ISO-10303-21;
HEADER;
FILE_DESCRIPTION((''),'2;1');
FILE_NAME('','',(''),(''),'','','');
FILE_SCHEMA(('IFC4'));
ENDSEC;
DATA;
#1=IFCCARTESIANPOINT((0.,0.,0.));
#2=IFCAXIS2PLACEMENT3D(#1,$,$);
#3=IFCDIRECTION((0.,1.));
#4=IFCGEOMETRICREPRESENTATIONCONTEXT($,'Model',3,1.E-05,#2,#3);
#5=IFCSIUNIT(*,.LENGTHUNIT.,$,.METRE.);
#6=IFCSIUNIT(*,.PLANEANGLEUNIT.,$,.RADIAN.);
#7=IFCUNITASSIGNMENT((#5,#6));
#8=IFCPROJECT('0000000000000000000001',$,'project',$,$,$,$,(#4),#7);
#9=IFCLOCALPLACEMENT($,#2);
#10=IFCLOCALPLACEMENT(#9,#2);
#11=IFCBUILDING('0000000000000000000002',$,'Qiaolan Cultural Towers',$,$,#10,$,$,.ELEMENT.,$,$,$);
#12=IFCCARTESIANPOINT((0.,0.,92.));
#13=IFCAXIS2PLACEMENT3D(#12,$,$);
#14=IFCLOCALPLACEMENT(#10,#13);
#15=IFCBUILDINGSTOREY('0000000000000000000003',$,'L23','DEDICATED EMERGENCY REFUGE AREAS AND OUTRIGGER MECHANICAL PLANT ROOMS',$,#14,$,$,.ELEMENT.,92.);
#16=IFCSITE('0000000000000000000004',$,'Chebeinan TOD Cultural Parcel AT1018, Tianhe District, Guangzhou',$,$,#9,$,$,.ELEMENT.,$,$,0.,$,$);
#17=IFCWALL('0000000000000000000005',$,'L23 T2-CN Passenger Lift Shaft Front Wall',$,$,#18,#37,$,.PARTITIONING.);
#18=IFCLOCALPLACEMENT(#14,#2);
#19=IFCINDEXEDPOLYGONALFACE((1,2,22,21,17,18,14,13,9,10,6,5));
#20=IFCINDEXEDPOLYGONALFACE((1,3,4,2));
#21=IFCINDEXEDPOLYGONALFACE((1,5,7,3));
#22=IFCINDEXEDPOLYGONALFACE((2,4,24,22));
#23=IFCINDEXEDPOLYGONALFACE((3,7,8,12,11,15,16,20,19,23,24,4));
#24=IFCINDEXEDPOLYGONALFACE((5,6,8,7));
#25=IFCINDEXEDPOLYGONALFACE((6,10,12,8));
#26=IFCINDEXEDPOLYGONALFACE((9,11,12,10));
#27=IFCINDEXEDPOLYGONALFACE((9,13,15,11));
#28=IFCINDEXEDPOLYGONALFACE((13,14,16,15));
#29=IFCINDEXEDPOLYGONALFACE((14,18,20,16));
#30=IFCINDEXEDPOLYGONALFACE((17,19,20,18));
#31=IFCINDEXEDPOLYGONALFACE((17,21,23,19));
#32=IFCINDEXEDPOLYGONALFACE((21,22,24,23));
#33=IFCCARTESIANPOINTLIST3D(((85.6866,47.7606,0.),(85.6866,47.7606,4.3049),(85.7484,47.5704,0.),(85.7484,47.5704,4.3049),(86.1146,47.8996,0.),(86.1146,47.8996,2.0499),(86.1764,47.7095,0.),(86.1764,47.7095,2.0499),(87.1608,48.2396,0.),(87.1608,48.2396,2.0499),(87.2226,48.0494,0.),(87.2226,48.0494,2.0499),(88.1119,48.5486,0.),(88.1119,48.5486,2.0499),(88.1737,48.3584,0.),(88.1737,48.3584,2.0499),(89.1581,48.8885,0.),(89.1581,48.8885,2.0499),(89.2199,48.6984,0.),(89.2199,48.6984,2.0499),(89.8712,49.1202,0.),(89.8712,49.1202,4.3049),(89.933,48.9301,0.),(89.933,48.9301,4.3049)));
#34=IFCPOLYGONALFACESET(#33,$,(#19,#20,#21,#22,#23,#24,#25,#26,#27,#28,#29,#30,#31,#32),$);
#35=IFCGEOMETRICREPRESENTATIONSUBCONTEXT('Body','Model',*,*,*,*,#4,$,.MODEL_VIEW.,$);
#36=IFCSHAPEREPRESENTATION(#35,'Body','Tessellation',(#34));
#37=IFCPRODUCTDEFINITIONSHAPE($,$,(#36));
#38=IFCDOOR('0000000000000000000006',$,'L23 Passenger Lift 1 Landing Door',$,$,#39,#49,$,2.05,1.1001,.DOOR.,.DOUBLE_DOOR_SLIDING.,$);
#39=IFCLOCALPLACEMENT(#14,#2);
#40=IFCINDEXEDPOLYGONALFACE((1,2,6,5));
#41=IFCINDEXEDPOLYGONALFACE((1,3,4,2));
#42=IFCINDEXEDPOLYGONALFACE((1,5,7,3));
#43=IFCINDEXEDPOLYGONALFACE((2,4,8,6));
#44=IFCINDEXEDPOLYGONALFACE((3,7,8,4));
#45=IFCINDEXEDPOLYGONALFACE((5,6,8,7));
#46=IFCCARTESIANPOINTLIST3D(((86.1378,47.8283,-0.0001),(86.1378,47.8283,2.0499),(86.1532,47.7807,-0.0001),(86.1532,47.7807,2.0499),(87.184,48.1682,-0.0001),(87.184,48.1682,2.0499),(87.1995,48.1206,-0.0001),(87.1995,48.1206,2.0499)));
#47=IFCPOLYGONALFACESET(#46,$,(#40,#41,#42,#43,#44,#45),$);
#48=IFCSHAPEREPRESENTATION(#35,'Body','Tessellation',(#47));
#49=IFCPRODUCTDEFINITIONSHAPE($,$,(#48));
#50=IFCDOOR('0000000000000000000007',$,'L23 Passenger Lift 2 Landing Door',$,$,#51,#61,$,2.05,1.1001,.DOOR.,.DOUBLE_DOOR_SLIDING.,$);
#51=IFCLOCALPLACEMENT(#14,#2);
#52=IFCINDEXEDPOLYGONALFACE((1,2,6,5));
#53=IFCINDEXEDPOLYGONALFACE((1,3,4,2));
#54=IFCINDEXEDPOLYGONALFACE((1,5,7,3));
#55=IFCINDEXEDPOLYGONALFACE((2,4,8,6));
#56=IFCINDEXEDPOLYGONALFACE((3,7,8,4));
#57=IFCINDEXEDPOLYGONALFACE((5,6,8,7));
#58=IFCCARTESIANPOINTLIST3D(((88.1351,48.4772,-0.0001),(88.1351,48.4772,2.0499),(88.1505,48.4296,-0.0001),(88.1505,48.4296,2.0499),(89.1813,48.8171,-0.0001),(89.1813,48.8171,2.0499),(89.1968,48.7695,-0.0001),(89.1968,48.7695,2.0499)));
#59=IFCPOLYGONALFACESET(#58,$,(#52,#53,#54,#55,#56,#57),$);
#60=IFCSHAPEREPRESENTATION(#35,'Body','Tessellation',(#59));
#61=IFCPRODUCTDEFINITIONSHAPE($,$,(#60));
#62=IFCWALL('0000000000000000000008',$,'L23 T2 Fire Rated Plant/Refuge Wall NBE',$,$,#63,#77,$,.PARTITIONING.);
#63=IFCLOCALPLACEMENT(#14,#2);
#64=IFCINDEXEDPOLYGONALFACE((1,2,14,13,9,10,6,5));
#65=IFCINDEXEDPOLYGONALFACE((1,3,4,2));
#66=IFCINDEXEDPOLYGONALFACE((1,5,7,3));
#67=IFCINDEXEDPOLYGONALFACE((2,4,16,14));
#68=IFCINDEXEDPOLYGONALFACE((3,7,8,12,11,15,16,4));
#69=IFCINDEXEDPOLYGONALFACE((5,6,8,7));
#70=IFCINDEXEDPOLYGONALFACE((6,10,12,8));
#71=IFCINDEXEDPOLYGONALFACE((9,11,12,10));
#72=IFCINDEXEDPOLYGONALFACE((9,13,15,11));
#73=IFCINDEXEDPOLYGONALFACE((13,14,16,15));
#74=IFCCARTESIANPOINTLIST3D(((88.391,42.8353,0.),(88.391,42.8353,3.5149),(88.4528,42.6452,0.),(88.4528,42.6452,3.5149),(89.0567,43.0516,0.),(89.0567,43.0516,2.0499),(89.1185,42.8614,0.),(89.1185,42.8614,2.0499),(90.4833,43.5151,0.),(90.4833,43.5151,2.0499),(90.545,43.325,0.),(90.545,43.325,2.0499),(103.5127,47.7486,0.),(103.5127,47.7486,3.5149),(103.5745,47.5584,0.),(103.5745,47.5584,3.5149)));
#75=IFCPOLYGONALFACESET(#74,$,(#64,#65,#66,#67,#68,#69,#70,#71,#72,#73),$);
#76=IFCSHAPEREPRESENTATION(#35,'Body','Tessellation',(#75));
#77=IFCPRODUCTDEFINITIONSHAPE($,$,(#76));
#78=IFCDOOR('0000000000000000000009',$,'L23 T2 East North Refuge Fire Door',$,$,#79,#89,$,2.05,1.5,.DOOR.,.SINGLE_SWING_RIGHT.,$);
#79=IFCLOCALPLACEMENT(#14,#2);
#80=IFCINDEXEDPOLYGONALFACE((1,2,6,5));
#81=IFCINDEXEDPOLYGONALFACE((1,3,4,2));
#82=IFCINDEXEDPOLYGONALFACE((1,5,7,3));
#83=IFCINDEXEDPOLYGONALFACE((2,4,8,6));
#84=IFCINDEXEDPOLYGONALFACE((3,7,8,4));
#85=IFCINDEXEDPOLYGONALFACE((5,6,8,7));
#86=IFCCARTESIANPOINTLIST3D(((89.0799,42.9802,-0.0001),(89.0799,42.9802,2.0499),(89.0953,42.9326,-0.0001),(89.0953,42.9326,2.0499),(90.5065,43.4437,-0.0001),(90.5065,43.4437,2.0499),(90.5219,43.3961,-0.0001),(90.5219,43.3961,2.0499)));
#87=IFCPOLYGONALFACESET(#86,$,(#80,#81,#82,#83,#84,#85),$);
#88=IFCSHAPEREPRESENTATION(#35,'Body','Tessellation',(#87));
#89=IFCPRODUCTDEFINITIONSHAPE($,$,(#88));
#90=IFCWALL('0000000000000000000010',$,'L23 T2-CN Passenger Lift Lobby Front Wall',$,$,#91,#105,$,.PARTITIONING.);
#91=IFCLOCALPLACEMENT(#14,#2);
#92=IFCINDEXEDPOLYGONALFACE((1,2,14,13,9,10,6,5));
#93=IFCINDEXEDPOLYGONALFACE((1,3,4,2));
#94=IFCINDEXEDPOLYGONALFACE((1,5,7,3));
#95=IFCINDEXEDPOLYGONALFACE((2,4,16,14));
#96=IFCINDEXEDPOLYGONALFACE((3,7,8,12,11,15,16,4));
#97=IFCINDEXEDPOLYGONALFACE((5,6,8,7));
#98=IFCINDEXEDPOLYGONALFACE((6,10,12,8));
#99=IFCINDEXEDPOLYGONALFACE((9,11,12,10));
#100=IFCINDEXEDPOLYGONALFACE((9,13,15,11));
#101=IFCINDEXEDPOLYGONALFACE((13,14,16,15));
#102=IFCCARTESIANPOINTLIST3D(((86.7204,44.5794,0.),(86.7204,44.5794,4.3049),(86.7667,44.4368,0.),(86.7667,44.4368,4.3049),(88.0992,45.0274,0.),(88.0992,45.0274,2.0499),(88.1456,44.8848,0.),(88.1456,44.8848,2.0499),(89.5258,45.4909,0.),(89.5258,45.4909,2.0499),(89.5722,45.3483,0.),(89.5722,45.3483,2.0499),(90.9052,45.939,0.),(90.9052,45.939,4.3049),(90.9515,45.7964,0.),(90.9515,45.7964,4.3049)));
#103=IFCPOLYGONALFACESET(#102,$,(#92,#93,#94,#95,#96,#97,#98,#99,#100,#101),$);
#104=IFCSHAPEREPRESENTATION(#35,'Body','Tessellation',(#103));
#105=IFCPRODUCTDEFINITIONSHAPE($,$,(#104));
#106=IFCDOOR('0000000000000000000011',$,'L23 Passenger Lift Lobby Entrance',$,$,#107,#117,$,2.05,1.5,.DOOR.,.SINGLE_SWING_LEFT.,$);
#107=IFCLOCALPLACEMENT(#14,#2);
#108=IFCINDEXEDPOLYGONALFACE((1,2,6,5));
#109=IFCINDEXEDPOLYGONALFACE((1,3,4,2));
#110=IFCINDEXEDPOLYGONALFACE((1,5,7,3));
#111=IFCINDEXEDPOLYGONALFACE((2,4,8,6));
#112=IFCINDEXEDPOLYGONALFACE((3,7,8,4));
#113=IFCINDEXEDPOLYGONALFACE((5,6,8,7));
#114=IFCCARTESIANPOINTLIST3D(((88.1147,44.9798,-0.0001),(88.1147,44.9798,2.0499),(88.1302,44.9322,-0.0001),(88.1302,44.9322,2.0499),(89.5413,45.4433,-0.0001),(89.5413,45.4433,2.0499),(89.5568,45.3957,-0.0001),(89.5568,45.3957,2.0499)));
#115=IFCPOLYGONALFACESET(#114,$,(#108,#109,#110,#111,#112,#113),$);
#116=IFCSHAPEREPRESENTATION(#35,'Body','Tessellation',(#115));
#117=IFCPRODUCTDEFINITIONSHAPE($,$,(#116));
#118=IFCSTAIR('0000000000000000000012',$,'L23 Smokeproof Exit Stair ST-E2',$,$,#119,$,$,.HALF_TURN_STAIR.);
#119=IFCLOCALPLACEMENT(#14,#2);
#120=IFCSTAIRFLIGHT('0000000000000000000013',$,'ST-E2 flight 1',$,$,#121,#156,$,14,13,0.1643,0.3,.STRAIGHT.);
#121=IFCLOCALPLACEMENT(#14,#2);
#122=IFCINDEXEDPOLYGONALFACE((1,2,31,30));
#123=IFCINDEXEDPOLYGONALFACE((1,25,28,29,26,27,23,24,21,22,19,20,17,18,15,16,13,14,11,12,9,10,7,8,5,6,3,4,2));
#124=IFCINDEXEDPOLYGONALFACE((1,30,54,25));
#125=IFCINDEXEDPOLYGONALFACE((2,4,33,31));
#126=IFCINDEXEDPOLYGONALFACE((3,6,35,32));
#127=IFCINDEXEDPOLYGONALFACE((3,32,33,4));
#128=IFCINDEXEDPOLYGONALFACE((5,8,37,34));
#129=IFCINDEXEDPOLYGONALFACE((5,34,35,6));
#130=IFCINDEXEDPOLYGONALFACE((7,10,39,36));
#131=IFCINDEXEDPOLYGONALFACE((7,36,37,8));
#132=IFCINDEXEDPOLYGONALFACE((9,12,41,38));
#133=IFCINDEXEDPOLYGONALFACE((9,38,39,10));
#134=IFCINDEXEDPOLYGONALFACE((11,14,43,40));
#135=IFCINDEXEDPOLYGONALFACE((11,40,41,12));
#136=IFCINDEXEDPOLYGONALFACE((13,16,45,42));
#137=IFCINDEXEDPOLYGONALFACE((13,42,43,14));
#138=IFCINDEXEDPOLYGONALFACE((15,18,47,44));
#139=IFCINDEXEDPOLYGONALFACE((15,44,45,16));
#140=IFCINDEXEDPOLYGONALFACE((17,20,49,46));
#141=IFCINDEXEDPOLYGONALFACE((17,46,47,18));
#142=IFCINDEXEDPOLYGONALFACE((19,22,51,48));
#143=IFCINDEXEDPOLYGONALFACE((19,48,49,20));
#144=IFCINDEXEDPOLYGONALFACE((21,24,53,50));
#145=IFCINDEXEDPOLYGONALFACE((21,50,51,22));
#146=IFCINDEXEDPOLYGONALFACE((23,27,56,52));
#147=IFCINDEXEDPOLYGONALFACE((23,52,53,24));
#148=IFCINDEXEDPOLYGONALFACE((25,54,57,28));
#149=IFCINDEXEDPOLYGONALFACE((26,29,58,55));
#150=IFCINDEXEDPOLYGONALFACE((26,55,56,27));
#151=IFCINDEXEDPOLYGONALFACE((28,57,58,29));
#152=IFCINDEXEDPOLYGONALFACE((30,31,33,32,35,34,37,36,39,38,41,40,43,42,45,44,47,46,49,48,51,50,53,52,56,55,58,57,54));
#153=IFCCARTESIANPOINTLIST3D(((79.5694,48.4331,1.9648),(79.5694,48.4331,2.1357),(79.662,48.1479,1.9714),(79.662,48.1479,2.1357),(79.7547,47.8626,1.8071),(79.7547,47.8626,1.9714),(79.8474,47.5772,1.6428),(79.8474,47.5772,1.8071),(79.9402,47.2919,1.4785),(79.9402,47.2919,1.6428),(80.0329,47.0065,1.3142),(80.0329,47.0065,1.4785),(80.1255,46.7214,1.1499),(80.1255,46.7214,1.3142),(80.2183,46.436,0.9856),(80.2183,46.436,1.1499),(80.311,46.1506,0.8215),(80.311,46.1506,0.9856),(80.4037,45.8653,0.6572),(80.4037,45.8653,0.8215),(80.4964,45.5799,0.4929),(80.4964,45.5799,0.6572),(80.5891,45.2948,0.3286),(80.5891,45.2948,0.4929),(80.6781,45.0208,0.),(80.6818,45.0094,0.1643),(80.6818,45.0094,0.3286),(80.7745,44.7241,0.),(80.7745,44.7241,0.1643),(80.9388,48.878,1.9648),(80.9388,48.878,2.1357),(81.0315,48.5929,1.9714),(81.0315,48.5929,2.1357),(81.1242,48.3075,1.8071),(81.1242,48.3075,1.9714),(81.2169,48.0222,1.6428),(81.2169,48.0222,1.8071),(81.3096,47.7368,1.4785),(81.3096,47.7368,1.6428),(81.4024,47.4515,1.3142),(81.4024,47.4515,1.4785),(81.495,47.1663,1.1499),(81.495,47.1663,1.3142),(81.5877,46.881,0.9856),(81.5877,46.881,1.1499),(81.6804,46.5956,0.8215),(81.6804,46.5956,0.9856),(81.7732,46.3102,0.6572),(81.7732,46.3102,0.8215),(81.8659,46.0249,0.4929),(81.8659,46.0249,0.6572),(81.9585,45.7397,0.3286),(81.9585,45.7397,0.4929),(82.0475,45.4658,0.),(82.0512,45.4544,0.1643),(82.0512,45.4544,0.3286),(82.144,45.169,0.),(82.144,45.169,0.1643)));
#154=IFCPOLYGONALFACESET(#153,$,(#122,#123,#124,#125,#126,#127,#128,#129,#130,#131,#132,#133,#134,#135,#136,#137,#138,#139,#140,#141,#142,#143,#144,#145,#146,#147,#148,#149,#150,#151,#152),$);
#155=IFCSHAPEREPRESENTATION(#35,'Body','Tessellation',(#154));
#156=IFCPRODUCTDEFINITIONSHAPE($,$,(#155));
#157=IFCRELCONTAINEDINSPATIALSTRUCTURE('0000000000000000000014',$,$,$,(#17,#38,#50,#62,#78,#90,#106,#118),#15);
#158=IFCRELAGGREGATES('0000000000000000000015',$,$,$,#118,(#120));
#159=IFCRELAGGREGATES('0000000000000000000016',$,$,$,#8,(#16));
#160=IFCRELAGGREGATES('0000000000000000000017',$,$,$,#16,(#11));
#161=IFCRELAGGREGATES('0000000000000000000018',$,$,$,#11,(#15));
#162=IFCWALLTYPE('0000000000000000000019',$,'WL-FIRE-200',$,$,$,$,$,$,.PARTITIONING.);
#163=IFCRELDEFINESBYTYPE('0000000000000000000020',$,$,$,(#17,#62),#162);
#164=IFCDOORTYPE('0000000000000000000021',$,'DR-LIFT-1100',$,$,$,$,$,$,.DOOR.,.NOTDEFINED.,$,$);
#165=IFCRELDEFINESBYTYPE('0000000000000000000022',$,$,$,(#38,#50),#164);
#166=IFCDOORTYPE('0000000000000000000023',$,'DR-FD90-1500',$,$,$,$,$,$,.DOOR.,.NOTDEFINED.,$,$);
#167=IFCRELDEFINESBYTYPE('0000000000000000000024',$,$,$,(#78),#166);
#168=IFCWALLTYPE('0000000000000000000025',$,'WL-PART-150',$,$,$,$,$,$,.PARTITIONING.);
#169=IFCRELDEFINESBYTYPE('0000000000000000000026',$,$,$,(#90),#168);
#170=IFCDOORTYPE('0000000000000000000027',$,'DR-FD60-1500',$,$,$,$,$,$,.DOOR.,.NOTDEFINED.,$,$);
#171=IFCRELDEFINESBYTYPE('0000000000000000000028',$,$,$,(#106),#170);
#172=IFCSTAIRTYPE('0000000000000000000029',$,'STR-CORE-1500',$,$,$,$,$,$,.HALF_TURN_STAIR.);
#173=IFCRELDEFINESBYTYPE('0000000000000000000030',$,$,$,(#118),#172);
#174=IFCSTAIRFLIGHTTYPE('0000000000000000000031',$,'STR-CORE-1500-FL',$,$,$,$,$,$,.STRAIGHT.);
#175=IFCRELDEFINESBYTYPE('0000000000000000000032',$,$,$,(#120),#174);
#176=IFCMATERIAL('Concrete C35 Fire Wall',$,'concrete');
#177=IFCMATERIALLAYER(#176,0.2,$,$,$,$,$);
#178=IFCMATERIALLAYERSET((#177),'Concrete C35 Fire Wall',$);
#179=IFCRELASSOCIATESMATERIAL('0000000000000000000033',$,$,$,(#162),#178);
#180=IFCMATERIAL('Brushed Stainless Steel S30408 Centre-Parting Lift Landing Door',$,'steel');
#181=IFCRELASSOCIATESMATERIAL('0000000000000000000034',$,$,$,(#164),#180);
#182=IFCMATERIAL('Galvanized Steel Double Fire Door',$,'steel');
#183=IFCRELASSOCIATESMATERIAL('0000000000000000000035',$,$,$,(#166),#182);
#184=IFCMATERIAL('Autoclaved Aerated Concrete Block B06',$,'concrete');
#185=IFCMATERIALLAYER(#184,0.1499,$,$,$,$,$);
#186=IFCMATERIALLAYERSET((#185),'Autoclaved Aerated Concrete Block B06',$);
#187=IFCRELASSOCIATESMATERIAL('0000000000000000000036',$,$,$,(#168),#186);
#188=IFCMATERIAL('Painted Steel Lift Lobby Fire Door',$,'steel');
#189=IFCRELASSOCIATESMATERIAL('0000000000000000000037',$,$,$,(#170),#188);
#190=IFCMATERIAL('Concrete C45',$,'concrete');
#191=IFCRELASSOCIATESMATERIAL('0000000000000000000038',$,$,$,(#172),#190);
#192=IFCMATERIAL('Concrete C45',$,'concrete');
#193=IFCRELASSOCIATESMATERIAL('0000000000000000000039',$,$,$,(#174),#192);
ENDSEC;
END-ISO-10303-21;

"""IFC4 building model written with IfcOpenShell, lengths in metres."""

from ifc_helpers import new_model, si_unit, direction, frame, frame_2d, origin, place, context, subcontext, project, spatial, polyline, rectangle, outline, extrude, material, layer, layer_set, type_object, element, fill, aggregate, save


model = new_model("IFC4")

# Units and contexts
model_context = context("Model", 3, precision=1e-05, world=origin(), true_north=direction((0.0, 1.0)))
body_context = subcontext(model_context, "Body", "Model", "MODEL_VIEW")
ifc_project = project(units=[si_unit("LENGTHUNIT", "METRE"), si_unit("PLANEANGLEUNIT", "RADIAN")], contexts=[model_context])

# Site, building, storey
site_placement = place(None, origin())
site = spatial("IfcSite", under=ifc_project, at=site_placement, Name="Chebeinan TOD Cultural Parcel AT1018, Tianhe District, Guangzhou", CompositionType="ELEMENT", RefElevation=0.0)
building_placement = place(site_placement, origin())
building = spatial("IfcBuilding", under=site, at=building_placement, Name="Qiaolan Cultural Towers", CompositionType="ELEMENT")
storey_placement = place(building_placement, frame((0.0, 0.0, 92.0)))
storey = spatial("IfcBuildingStorey", under=building, at=storey_placement, Name="L23", Description="DEDICATED EMERGENCY REFUGE AREAS AND OUTRIGGER MECHANICAL PLANT ROOMS", CompositionType="ELEMENT", Elevation=92.0)

# Shared definitions
ifc_material_1 = material(Name="Concrete C35 Fire Wall", Category="concrete")
ifc_layer_1 = layer(ifc_material_1, 0.2)
ifc_layer_set_1 = layer_set([ifc_layer_1], Name="Concrete C35 Fire Wall")
wall_type_1 = type_object("IfcWallType", Name="WL-FIRE-200", PredefinedType="PARTITIONING", material=ifc_layer_set_1)

# Wall, openings, doors
wall_1_placement = place(storey_placement, frame((85.7175, 47.6655, 0.0), z_axis=(0.0, 0.0, 1.0), x_axis=(0.951059, 0.309011, 0.0)))
wall_1 = element("IfcWall", 1, at=wall_1_placement, inside=storey, type_object=wall_type_1, Name="L23 T2-CN Passenger Lift Shaft Front Wall", PredefinedType="PARTITIONING", context=body_context, shape_type="SweptSolid", body=[
    extrude(rectangle(XDim=4.3999, YDim=0.2, at=frame_2d((2.2, 0.0))), origin(), (0.0, 0.0, 1.0), 4.3049),
])
opening_1_placement = place(wall_1_placement, frame((0.45, 0.0, 0.0)))
opening_1 = element("IfcOpeningElement", 2, at=opening_1_placement, cuts=wall_1, PredefinedType="OPENING", context=body_context, shape_type="SweptSolid", body=[
    extrude(rectangle(XDim=1.1001, YDim=2.05, at=frame_2d((0.55, 1.0249))), frame((0.0, 0.1099, 0.0), z_axis=(0.0, -1.0, 0.0), x_axis=(1.0, 0.0, 0.0)), (0.0, 0.0, 1.0), 0.22),
])
opening_2_placement = place(wall_1_placement, frame((2.55, 0.0, 0.0)))
opening_2 = element("IfcOpeningElement", 3, at=opening_2_placement, cuts=wall_1, PredefinedType="OPENING", context=body_context, shape_type="SweptSolid", body=[
    extrude(rectangle(XDim=1.1001, YDim=2.05, at=frame_2d((0.55, 1.0249))), frame((0.0, 0.1099, 0.0), z_axis=(0.0, -1.0, 0.0), x_axis=(1.0, 0.0, 0.0)), (0.0, 0.0, 1.0), 0.22),
])
ifc_material_2 = material(Name="Brushed Stainless Steel S30408 Centre-Parting Lift Landing Door", Category="steel")
door_type_1 = type_object("IfcDoorType", Name="DR-LIFT-1100", OperationType="NOTDEFINED", PredefinedType="DOOR", material=ifc_material_2)
door_1_placement = place(opening_1_placement, origin())
door_1 = element("IfcDoor", 4, at=door_1_placement, inside=storey, type_object=door_type_1, Name="L23 Passenger Lift 1 Landing Door", OperationType="DOUBLE_DOOR_SLIDING", OverallHeight=2.05, OverallWidth=1.1001, PredefinedType="DOOR", context=body_context, shape_type="SweptSolid", body=[
    extrude(rectangle(XDim=1.1001, YDim=2.05, at=frame_2d((0.55, 1.0249))), frame((0.0, 0.0249, 0.0), z_axis=(0.0, -1.0, 0.0), x_axis=(1.0, 0.0, 0.0)), (0.0, 0.0, 1.0), 0.05),
])
fill(opening_1, door_1)
door_2_placement = place(opening_2_placement, origin())
door_2 = element("IfcDoor", 5, at=door_2_placement, inside=storey, type_object=door_type_1, Name="L23 Passenger Lift 2 Landing Door", OperationType="DOUBLE_DOOR_SLIDING", OverallHeight=2.05, OverallWidth=1.1001, PredefinedType="DOOR", context=body_context, shape_type="SweptSolid", body=[
    extrude(rectangle(XDim=1.1001, YDim=2.05, at=frame_2d((0.55, 1.0249))), frame((0.0, 0.0249, 0.0), z_axis=(0.0, -1.0, 0.0), x_axis=(1.0, 0.0, 0.0)), (0.0, 0.0, 1.0), 0.05),
])
fill(opening_2, door_2)

# Walls, openings, doors
wall_2_placement = place(storey_placement, frame((88.4219, 42.7402, 0.0), z_axis=(0.0, 0.0, 1.0), x_axis=(0.951057, 0.309014, 0.0)))
wall_2 = element("IfcWall", 6, at=wall_2_placement, inside=storey, type_object=wall_type_1, Name="L23 T2 Fire Rated Plant/Refuge Wall NBE", PredefinedType="PARTITIONING", context=body_context, shape_type="SweptSolid", body=[
    extrude(rectangle(XDim=15.8999, YDim=0.2, at=frame_2d((7.95, 0.0))), origin(), (0.0, 0.0, 1.0), 3.5149),
])
opening_3_placement = place(wall_2_placement, frame((0.7, 0.0, 0.0)))
opening_3 = element("IfcOpeningElement", 7, at=opening_3_placement, cuts=wall_2, PredefinedType="OPENING", context=body_context, shape_type="SweptSolid", body=[
    extrude(rectangle(XDim=1.5, YDim=2.05, at=frame_2d((0.75, 1.0249))), frame((0.0, 0.1099, 0.0), z_axis=(0.0, -1.0, 0.0), x_axis=(1.0, 0.0, 0.0)), (0.0, 0.0, 1.0), 0.22),
])
ifc_material_3 = material(Name="Galvanized Steel Double Fire Door", Category="steel")
door_type_2 = type_object("IfcDoorType", Name="DR-FD90-1500", OperationType="NOTDEFINED", PredefinedType="DOOR", material=ifc_material_3)
door_3_placement = place(opening_3_placement, origin())
door_3 = element("IfcDoor", 8, at=door_3_placement, inside=storey, type_object=door_type_2, Name="L23 T2 East North Refuge Fire Door", OperationType="SINGLE_SWING_RIGHT", OverallHeight=2.05, OverallWidth=1.5, PredefinedType="DOOR", context=body_context, shape_type="SweptSolid", body=[
    extrude(rectangle(XDim=1.5, YDim=2.05, at=frame_2d((0.75, 1.0249))), frame((0.0, 0.0249, 0.0), z_axis=(0.0, -1.0, 0.0), x_axis=(1.0, 0.0, 0.0)), (0.0, 0.0, 1.0), 0.05),
])
fill(opening_3, door_3)
ifc_material_4 = material(Name="Autoclaved Aerated Concrete Block B06", Category="concrete")
ifc_layer_2 = layer(ifc_material_4, 0.1499)
ifc_layer_set_2 = layer_set([ifc_layer_2], Name="Autoclaved Aerated Concrete Block B06")
wall_type_2 = type_object("IfcWallType", Name="WL-PART-150", PredefinedType="PARTITIONING", material=ifc_layer_set_2)
wall_3_placement = place(storey_placement, frame((86.7434, 44.5081, 0.0), z_axis=(0.0, 0.0, 1.0), x_axis=(0.951064, 0.308994, 0.0)))
wall_3 = element("IfcWall", 9, at=wall_3_placement, inside=storey, type_object=wall_type_2, Name="L23 T2-CN Passenger Lift Lobby Front Wall", PredefinedType="PARTITIONING", context=body_context, shape_type="SweptSolid", body=[
    extrude(rectangle(XDim=4.4001, YDim=0.1499, at=frame_2d((2.2002, 0.0))), origin(), (0.0, 0.0, 1.0), 4.3049),
])
opening_4_placement = place(wall_3_placement, frame((1.45, 0.0, 0.0)))
opening_4 = element("IfcOpeningElement", 10, at=opening_4_placement, cuts=wall_3, PredefinedType="OPENING", context=body_context, shape_type="SweptSolid", body=[
    extrude(rectangle(XDim=1.5, YDim=2.05, at=frame_2d((0.75, 1.0249))), frame((0.0, 0.085, 0.0), z_axis=(0.0, -1.0, 0.0), x_axis=(1.0, 0.0, 0.0)), (0.0, 0.0, 1.0), 0.1699),
])
ifc_material_5 = material(Name="Painted Steel Lift Lobby Fire Door", Category="steel")
door_type_3 = type_object("IfcDoorType", Name="DR-FD60-1500", OperationType="NOTDEFINED", PredefinedType="DOOR", material=ifc_material_5)
door_4_placement = place(opening_4_placement, origin())
door_4 = element("IfcDoor", 11, at=door_4_placement, inside=storey, type_object=door_type_3, Name="L23 Passenger Lift Lobby Entrance", OperationType="SINGLE_SWING_LEFT", OverallHeight=2.05, OverallWidth=1.5, PredefinedType="DOOR", context=body_context, shape_type="SweptSolid", body=[
    extrude(rectangle(XDim=1.5, YDim=2.05, at=frame_2d((0.75, 1.0249))), frame((0.0, 0.0249, 0.0), z_axis=(0.0, -1.0, 0.0), x_axis=(1.0, 0.0, 0.0)), (0.0, 0.0, 1.0), 0.05),
])
fill(opening_4, door_4)

# Stair, stair flight
ifc_material_6 = material(Name="Concrete C45", Category="concrete")
stair_type = type_object("IfcStairType", Name="STR-CORE-1500", PredefinedType="HALF_TURN_STAIR", material=ifc_material_6)
stair_placement = place(storey_placement, origin())
stair = element("IfcStair", 12, at=stair_placement, inside=storey, type_object=stair_type, Name="L23 Smokeproof Exit Stair ST-E2", PredefinedType="HALF_TURN_STAIR")
ifc_material_7 = material(Name="Concrete C45", Category="concrete")
stair_flight_type = type_object("IfcStairFlightType", Name="STR-CORE-1500-FL", PredefinedType="STRAIGHT", material=ifc_material_7)
stair_flight_placement = place(storey_placement, frame((81.4592, 44.9465, 0.0), z_axis=(0.0, 0.0, 1.0), x_axis=(-0.309017, 0.951057, 0.0)))
stair_flight = element("IfcStairFlight", 13, at=stair_flight_placement, type_object=stair_flight_type, Name="ST-E2 flight 1", NumberOfRisers=14, NumberOfTreads=13, PredefinedType="STRAIGHT", RiserHeight=0.1643, TreadLength=0.3, context=body_context, shape_type="SweptSolid", body=[
    extrude(outline(polyline([(0.0, 0.0), (0.0, 0.1643), (0.3, 0.1643), (0.3, 0.3286), (0.6001, 0.3286), (0.6001, 0.4929), (0.8999, 0.4929), (0.8999, 0.6572), (1.2, 0.6572), (1.2, 0.8215), (1.5, 0.8215), (1.5, 0.9856), (1.8, 0.9856), (1.8, 1.1499), (2.1001, 1.1499), (2.1001, 1.3142), (2.3999, 1.3142), (2.3999, 1.4785), (2.7, 1.4785), (2.7, 1.6428), (3.0, 1.6428), (3.0, 1.8071), (3.3, 1.8071), (3.3, 1.9714), (3.6001, 1.9714), (3.6001, 2.1357), (3.8999, 2.1357), (3.8999, 2.3), (3.8999, 1.9648), (0.312, 0.0), (0.0, 0.0)])), frame((0.0, 0.72, 0.0), z_axis=(0.0, -1.0, 0.0), x_axis=(1.0, 0.0, 0.0)), (0.0, 0.0, 1.0), 1.4399),
])
aggregate(stair, [stair_flight])

save(model, "model.ifc")
